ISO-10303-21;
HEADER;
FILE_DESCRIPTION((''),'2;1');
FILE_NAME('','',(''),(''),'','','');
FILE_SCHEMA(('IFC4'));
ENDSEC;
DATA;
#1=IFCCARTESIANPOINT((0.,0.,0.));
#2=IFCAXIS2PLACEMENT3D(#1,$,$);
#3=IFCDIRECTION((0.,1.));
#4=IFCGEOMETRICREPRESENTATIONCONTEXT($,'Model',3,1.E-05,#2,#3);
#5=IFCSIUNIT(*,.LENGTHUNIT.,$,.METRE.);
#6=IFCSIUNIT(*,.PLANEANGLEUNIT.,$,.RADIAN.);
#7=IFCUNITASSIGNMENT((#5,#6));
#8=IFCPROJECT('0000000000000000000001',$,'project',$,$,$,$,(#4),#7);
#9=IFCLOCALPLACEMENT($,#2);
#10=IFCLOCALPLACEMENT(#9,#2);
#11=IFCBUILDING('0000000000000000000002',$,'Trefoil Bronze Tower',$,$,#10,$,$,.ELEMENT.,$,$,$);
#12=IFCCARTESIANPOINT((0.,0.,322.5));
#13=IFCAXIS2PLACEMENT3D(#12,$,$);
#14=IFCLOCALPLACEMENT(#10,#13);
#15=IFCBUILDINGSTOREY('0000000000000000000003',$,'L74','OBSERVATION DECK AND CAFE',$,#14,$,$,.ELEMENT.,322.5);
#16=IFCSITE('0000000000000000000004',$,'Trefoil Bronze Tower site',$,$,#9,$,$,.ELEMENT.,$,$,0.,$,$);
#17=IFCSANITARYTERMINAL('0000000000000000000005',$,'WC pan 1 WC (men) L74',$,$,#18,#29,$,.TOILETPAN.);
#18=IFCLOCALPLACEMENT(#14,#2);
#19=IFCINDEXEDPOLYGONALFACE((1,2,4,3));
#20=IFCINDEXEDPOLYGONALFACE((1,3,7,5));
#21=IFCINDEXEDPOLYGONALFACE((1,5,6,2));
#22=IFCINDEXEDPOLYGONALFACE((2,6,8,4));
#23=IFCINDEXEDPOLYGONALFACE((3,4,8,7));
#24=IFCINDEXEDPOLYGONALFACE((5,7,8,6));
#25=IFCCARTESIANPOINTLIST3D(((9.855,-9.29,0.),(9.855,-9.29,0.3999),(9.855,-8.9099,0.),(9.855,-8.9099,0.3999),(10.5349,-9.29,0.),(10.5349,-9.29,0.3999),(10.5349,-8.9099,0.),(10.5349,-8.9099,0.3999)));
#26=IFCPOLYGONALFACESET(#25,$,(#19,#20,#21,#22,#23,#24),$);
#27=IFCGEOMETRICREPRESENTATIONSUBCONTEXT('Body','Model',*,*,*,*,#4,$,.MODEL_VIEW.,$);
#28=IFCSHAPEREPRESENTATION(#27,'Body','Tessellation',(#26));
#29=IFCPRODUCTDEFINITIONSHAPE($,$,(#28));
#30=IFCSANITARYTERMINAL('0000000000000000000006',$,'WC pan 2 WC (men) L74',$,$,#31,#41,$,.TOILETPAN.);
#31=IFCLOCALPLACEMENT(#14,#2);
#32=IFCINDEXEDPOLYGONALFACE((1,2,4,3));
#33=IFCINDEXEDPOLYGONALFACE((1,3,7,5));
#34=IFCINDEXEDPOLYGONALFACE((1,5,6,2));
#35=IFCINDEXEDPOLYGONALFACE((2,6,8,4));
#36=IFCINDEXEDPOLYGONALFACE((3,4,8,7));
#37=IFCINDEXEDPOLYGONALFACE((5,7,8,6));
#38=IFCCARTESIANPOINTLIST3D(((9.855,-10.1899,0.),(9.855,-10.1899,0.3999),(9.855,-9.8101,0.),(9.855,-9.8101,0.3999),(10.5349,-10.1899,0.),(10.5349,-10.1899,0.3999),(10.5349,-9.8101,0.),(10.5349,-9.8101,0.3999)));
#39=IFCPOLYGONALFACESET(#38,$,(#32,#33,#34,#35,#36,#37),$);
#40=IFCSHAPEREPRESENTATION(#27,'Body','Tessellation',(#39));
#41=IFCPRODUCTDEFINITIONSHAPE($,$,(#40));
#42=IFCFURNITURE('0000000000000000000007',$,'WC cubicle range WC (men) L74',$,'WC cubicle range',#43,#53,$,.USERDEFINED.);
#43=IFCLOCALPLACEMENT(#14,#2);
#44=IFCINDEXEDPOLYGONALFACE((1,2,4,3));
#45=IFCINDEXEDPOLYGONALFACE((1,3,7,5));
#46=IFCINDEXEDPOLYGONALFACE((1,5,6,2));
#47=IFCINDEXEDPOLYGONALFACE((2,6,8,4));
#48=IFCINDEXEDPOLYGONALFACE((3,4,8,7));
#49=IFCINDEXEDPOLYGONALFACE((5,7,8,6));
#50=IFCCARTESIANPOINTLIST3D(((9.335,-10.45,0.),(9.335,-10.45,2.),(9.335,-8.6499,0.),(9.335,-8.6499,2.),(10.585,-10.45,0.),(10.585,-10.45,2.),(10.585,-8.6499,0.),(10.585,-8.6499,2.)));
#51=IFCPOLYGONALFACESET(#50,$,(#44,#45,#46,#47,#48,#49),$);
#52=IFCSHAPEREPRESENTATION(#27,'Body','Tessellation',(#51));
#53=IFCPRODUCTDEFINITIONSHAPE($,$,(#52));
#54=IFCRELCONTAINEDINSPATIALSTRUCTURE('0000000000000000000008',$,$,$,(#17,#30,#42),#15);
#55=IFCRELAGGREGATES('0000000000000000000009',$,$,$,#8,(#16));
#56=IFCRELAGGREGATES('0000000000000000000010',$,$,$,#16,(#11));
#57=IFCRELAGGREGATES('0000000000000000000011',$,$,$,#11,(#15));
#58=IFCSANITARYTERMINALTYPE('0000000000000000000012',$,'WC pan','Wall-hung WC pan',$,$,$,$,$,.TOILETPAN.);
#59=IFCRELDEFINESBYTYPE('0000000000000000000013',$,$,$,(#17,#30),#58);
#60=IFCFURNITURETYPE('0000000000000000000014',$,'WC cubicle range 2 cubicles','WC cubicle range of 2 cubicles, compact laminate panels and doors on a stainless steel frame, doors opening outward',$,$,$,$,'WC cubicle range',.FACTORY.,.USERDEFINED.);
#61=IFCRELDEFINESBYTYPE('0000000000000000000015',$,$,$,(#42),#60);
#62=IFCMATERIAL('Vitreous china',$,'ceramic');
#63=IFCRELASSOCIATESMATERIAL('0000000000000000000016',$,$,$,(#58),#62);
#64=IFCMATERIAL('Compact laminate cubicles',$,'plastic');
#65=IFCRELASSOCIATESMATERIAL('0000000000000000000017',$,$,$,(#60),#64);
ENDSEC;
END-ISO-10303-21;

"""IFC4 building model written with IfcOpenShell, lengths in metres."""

from ifc_helpers import new_model, si_unit, direction, frame, origin, place, context, subcontext, project, spatial, polyline, outline, extrude, material, type_object, element, save


model = new_model("IFC4")

# Units and contexts
model_context = context("Model", 3, precision=1e-05, world=origin(), true_north=direction((0.0, 1.0)))
body_context = subcontext(model_context, "Body", "Model", "MODEL_VIEW")
ifc_project = project(units=[si_unit("LENGTHUNIT", "METRE"), si_unit("PLANEANGLEUNIT", "RADIAN")], contexts=[model_context])

# Site, building, storey
site_placement = place(None, origin())
site = spatial("IfcSite", under=ifc_project, at=site_placement, Name="Trefoil Bronze Tower site", CompositionType="ELEMENT", RefElevation=0.0)
building_placement = place(site_placement, origin())
building = spatial("IfcBuilding", under=site, at=building_placement, Name="Trefoil Bronze Tower", CompositionType="ELEMENT")
storey_placement = place(building_placement, frame((0.0, 0.0, 322.5)))
storey = spatial("IfcBuildingStorey", under=building, at=storey_placement, Name="L74", Description="OBSERVATION DECK AND CAFE", CompositionType="ELEMENT", Elevation=322.5)

# Sanitary terminals
ifc_material_1 = material(Name="Vitreous china", Category="ceramic")
sanitary_terminal_type_1 = type_object("IfcSanitaryTerminalType", Name="WC pan", Description="Wall-hung WC pan", PredefinedType="TOILETPAN", material=ifc_material_1)
sanitary_terminal_1_placement = place(storey_placement, origin())
element("IfcSanitaryTerminal", 1, at=sanitary_terminal_1_placement, inside=storey, type_object=sanitary_terminal_type_1, Name="WC pan 1 WC (men) L74", PredefinedType="TOILETPAN", context=body_context, shape_type="SweptSolid", body=[
    extrude(outline(polyline([(9.855, -8.9099), (10.5349, -8.9099), (10.5349, -9.29), (9.855, -9.29), (9.855, -8.9099)])), origin(), (0.0, 0.0, 1.0), 0.3999),
])
sanitary_terminal_2_placement = place(storey_placement, origin())
element("IfcSanitaryTerminal", 2, at=sanitary_terminal_2_placement, inside=storey, type_object=sanitary_terminal_type_1, Name="WC pan 2 WC (men) L74", PredefinedType="TOILETPAN", context=body_context, shape_type="SweptSolid", body=[
    extrude(outline(polyline([(9.855, -9.8101), (10.5349, -9.8101), (10.5349, -10.1899), (9.855, -10.1899), (9.855, -9.8101)])), origin(), (0.0, 0.0, 1.0), 0.3999),
])

# Furniture
ifc_material_2 = material(Name="Compact laminate cubicles", Category="plastic")
furniture_type = type_object("IfcFurnitureType", Name="WC cubicle range 2 cubicles", Description="WC cubicle range of 2 cubicles, compact laminate panels and doors on a stainless steel frame, doors opening outward", ElementType="WC cubicle range", AssemblyPlace="FACTORY", PredefinedType="USERDEFINED", material=ifc_material_2)
furniture_placement = place(storey_placement, origin())
element("IfcFurniture", 3, at=furniture_placement, inside=storey, type_object=furniture_type, Name="WC cubicle range WC (men) L74", ObjectType="WC cubicle range", PredefinedType="USERDEFINED", context=body_context, shape_type="SweptSolid", body=[
    extrude(outline(polyline([(9.335, -8.6499), (10.585, -8.6499), (10.585, -10.45), (9.335, -10.45), (9.335, -8.6499)])), origin(), (0.0, 0.0, 1.0), 2.0),
])

save(model, "model.ifc")
